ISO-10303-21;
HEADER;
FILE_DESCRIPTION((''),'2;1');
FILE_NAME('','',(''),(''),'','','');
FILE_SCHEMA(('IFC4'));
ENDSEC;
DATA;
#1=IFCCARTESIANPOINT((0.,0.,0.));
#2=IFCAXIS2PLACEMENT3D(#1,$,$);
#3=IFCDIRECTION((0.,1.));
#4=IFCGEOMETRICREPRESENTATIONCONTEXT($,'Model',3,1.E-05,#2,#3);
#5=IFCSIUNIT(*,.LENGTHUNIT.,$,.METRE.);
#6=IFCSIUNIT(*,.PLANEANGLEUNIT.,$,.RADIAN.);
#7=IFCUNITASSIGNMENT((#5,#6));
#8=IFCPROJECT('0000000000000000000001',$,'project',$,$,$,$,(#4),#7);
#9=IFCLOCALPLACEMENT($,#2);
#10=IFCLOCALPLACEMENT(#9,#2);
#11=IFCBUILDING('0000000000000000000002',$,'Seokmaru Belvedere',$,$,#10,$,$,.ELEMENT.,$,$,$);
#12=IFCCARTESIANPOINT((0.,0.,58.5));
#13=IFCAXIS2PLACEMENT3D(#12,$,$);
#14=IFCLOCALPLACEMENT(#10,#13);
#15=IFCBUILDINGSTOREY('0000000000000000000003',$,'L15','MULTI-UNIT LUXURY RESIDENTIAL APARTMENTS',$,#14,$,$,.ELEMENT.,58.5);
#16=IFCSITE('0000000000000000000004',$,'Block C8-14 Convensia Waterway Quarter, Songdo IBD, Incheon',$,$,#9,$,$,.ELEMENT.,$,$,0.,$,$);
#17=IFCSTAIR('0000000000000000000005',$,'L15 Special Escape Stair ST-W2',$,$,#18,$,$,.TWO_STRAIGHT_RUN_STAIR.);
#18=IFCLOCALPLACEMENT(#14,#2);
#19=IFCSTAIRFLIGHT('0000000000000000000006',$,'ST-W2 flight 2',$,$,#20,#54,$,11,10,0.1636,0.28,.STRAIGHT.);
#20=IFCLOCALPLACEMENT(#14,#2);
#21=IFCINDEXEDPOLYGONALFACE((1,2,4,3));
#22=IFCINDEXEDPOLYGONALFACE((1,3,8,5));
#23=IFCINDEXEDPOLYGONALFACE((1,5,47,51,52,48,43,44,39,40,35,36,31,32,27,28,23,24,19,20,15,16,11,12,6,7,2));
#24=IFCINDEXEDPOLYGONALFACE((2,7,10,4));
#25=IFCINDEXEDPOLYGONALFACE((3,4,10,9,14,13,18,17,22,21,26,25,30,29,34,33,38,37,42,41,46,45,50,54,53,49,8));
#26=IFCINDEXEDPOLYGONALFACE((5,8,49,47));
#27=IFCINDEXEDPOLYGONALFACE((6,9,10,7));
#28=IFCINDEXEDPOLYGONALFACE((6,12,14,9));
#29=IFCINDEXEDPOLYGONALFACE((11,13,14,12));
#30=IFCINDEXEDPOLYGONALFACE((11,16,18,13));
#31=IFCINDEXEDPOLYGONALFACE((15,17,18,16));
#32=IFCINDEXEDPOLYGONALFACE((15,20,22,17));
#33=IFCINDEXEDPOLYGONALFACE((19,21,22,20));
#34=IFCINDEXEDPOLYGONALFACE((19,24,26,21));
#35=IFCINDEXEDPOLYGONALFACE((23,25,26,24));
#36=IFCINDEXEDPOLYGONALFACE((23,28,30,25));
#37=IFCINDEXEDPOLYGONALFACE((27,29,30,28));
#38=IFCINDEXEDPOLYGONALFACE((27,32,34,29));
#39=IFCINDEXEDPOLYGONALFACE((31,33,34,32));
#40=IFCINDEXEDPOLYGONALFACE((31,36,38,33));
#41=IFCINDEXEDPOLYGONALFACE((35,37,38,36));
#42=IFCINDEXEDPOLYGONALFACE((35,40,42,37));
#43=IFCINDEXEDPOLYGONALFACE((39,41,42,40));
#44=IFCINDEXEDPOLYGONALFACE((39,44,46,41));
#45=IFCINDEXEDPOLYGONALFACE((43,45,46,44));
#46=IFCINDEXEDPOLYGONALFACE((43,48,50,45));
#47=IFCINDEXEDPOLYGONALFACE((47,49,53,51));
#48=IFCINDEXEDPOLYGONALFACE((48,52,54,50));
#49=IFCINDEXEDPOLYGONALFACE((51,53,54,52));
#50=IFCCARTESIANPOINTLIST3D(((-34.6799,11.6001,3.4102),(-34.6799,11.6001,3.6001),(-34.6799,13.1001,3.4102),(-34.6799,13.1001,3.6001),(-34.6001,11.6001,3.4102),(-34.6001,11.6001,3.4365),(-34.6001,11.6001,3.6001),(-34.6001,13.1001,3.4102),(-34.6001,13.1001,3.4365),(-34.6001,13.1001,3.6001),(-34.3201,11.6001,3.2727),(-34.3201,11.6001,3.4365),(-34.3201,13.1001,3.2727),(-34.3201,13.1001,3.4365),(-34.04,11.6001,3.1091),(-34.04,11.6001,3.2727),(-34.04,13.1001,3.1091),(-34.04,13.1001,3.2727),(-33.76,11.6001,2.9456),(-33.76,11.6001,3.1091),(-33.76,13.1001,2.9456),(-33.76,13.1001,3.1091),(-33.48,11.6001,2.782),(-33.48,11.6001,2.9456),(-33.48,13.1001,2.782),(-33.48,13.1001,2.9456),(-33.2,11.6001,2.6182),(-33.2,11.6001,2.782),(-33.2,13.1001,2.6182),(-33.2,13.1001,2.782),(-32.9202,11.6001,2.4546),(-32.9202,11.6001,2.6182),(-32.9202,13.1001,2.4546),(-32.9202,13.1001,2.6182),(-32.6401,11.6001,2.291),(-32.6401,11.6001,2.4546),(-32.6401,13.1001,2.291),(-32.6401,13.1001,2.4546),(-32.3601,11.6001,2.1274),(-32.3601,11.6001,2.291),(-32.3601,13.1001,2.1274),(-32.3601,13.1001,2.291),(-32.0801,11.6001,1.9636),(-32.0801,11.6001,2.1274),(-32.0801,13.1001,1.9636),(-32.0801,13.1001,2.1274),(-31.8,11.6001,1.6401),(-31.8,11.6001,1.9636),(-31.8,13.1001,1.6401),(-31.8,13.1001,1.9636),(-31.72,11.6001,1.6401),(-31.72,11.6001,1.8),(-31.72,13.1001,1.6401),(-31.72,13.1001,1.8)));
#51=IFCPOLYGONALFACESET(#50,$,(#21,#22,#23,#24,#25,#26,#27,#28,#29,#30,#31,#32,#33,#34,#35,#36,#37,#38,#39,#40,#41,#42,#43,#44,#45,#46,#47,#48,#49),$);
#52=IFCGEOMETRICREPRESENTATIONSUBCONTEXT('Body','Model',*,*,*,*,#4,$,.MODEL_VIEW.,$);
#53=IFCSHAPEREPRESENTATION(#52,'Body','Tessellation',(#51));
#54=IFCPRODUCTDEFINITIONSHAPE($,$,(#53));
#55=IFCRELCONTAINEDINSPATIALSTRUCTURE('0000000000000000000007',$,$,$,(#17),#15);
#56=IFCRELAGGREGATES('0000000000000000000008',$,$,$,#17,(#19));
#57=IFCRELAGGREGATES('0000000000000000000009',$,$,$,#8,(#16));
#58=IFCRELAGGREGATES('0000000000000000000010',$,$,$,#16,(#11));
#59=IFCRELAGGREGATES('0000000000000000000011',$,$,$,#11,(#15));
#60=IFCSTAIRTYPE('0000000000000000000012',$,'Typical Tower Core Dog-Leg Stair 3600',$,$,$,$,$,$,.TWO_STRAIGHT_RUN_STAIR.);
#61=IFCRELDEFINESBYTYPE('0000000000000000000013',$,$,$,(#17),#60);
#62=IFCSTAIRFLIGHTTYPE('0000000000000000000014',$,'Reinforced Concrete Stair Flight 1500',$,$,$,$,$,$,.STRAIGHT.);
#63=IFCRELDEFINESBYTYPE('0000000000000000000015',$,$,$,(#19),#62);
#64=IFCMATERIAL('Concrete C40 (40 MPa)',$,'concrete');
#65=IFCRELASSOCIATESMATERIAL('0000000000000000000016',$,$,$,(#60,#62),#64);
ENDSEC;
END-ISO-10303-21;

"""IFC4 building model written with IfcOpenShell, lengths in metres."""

from ifc_helpers import new_model, si_unit, direction, frame, origin, place, context, subcontext, project, spatial, polyline, outline, extrude, material, type_object, element, aggregate, save


model = new_model("IFC4")

# Units and contexts
model_context = context("Model", 3, precision=1e-05, world=origin(), true_north=direction((0.0, 1.0)))
body_context = subcontext(model_context, "Body", "Model", "MODEL_VIEW")
ifc_project = project(units=[si_unit("LENGTHUNIT", "METRE"), si_unit("PLANEANGLEUNIT", "RADIAN")], contexts=[model_context])

# Site, building, storey
site_placement = place(None, origin())
site = spatial("IfcSite", under=ifc_project, at=site_placement, Name="Block C8-14 Convensia Waterway Quarter, Songdo IBD, Incheon", CompositionType="ELEMENT", RefElevation=0.0)
building_placement = place(site_placement, origin())
building = spatial("IfcBuilding", under=site, at=building_placement, Name="Seokmaru Belvedere", CompositionType="ELEMENT")
storey_placement = place(building_placement, frame((0.0, 0.0, 58.5)))
storey = spatial("IfcBuildingStorey", under=building, at=storey_placement, Name="L15", Description="MULTI-UNIT LUXURY RESIDENTIAL APARTMENTS", CompositionType="ELEMENT", Elevation=58.5)

# Stair, stair flight
ifc_material_1 = material(Name="Concrete C40 (40 MPa)", Category="concrete")
stair_type = type_object("IfcStairType", Name="Typical Tower Core Dog-Leg Stair 3600", PredefinedType="TWO_STRAIGHT_RUN_STAIR", material=ifc_material_1)
stair_placement = place(storey_placement, origin())
stair = element("IfcStair", 1, at=stair_placement, inside=storey, type_object=stair_type, Name="L15 Special Escape Stair ST-W2", PredefinedType="TWO_STRAIGHT_RUN_STAIR")
stair_flight_type = type_object("IfcStairFlightType", Name="Reinforced Concrete Stair Flight 1500", PredefinedType="STRAIGHT", material=ifc_material_1)
stair_flight_placement = place(storey_placement, frame((-31.8, 12.3501, 1.8), z_axis=(0.0, 0.0, 1.0), x_axis=(-1.0, 0.0, 0.0)))
stair_flight = element("IfcStairFlight", 2, at=stair_flight_placement, type_object=stair_flight_type, Name="ST-W2 flight 2", NumberOfRisers=11, NumberOfTreads=10, PredefinedType="STRAIGHT", RiserHeight=0.1636, TreadLength=0.28, context=body_context, shape_type="SweptSolid", body=[
    extrude(outline(polyline([(-0.0801, 0.0), (0.0, 0.1636), (0.28, 0.1636), (0.28, 0.3274), (0.5601, 0.3274), (0.5601, 0.491), (0.8401, 0.491), (0.8401, 0.6545), (1.1201, 0.6545), (1.1201, 0.8181), (1.3999, 0.8181), (1.3999, 0.9819), (1.6799, 0.9819), (1.6799, 1.1455), (1.96, 1.1455), (1.96, 1.3091), (2.24, 1.3091), (2.24, 1.4727), (2.52, 1.4727), (2.52, 1.6365), (2.8, 1.6365), (2.8, 1.8), (2.8799, 1.8), (2.8799, 1.6101), (2.8, 1.6101), (0.0, -0.1599), (-0.0801, -0.1599), (-0.0801, 0.0)])), frame((0.0, 0.75, 0.0), z_axis=(0.0, -1.0, 0.0), x_axis=(1.0, 0.0, 0.0)), (0.0, 0.0, 1.0), 1.5),
])
aggregate(stair, [stair_flight])

save(model, "model.ifc")
